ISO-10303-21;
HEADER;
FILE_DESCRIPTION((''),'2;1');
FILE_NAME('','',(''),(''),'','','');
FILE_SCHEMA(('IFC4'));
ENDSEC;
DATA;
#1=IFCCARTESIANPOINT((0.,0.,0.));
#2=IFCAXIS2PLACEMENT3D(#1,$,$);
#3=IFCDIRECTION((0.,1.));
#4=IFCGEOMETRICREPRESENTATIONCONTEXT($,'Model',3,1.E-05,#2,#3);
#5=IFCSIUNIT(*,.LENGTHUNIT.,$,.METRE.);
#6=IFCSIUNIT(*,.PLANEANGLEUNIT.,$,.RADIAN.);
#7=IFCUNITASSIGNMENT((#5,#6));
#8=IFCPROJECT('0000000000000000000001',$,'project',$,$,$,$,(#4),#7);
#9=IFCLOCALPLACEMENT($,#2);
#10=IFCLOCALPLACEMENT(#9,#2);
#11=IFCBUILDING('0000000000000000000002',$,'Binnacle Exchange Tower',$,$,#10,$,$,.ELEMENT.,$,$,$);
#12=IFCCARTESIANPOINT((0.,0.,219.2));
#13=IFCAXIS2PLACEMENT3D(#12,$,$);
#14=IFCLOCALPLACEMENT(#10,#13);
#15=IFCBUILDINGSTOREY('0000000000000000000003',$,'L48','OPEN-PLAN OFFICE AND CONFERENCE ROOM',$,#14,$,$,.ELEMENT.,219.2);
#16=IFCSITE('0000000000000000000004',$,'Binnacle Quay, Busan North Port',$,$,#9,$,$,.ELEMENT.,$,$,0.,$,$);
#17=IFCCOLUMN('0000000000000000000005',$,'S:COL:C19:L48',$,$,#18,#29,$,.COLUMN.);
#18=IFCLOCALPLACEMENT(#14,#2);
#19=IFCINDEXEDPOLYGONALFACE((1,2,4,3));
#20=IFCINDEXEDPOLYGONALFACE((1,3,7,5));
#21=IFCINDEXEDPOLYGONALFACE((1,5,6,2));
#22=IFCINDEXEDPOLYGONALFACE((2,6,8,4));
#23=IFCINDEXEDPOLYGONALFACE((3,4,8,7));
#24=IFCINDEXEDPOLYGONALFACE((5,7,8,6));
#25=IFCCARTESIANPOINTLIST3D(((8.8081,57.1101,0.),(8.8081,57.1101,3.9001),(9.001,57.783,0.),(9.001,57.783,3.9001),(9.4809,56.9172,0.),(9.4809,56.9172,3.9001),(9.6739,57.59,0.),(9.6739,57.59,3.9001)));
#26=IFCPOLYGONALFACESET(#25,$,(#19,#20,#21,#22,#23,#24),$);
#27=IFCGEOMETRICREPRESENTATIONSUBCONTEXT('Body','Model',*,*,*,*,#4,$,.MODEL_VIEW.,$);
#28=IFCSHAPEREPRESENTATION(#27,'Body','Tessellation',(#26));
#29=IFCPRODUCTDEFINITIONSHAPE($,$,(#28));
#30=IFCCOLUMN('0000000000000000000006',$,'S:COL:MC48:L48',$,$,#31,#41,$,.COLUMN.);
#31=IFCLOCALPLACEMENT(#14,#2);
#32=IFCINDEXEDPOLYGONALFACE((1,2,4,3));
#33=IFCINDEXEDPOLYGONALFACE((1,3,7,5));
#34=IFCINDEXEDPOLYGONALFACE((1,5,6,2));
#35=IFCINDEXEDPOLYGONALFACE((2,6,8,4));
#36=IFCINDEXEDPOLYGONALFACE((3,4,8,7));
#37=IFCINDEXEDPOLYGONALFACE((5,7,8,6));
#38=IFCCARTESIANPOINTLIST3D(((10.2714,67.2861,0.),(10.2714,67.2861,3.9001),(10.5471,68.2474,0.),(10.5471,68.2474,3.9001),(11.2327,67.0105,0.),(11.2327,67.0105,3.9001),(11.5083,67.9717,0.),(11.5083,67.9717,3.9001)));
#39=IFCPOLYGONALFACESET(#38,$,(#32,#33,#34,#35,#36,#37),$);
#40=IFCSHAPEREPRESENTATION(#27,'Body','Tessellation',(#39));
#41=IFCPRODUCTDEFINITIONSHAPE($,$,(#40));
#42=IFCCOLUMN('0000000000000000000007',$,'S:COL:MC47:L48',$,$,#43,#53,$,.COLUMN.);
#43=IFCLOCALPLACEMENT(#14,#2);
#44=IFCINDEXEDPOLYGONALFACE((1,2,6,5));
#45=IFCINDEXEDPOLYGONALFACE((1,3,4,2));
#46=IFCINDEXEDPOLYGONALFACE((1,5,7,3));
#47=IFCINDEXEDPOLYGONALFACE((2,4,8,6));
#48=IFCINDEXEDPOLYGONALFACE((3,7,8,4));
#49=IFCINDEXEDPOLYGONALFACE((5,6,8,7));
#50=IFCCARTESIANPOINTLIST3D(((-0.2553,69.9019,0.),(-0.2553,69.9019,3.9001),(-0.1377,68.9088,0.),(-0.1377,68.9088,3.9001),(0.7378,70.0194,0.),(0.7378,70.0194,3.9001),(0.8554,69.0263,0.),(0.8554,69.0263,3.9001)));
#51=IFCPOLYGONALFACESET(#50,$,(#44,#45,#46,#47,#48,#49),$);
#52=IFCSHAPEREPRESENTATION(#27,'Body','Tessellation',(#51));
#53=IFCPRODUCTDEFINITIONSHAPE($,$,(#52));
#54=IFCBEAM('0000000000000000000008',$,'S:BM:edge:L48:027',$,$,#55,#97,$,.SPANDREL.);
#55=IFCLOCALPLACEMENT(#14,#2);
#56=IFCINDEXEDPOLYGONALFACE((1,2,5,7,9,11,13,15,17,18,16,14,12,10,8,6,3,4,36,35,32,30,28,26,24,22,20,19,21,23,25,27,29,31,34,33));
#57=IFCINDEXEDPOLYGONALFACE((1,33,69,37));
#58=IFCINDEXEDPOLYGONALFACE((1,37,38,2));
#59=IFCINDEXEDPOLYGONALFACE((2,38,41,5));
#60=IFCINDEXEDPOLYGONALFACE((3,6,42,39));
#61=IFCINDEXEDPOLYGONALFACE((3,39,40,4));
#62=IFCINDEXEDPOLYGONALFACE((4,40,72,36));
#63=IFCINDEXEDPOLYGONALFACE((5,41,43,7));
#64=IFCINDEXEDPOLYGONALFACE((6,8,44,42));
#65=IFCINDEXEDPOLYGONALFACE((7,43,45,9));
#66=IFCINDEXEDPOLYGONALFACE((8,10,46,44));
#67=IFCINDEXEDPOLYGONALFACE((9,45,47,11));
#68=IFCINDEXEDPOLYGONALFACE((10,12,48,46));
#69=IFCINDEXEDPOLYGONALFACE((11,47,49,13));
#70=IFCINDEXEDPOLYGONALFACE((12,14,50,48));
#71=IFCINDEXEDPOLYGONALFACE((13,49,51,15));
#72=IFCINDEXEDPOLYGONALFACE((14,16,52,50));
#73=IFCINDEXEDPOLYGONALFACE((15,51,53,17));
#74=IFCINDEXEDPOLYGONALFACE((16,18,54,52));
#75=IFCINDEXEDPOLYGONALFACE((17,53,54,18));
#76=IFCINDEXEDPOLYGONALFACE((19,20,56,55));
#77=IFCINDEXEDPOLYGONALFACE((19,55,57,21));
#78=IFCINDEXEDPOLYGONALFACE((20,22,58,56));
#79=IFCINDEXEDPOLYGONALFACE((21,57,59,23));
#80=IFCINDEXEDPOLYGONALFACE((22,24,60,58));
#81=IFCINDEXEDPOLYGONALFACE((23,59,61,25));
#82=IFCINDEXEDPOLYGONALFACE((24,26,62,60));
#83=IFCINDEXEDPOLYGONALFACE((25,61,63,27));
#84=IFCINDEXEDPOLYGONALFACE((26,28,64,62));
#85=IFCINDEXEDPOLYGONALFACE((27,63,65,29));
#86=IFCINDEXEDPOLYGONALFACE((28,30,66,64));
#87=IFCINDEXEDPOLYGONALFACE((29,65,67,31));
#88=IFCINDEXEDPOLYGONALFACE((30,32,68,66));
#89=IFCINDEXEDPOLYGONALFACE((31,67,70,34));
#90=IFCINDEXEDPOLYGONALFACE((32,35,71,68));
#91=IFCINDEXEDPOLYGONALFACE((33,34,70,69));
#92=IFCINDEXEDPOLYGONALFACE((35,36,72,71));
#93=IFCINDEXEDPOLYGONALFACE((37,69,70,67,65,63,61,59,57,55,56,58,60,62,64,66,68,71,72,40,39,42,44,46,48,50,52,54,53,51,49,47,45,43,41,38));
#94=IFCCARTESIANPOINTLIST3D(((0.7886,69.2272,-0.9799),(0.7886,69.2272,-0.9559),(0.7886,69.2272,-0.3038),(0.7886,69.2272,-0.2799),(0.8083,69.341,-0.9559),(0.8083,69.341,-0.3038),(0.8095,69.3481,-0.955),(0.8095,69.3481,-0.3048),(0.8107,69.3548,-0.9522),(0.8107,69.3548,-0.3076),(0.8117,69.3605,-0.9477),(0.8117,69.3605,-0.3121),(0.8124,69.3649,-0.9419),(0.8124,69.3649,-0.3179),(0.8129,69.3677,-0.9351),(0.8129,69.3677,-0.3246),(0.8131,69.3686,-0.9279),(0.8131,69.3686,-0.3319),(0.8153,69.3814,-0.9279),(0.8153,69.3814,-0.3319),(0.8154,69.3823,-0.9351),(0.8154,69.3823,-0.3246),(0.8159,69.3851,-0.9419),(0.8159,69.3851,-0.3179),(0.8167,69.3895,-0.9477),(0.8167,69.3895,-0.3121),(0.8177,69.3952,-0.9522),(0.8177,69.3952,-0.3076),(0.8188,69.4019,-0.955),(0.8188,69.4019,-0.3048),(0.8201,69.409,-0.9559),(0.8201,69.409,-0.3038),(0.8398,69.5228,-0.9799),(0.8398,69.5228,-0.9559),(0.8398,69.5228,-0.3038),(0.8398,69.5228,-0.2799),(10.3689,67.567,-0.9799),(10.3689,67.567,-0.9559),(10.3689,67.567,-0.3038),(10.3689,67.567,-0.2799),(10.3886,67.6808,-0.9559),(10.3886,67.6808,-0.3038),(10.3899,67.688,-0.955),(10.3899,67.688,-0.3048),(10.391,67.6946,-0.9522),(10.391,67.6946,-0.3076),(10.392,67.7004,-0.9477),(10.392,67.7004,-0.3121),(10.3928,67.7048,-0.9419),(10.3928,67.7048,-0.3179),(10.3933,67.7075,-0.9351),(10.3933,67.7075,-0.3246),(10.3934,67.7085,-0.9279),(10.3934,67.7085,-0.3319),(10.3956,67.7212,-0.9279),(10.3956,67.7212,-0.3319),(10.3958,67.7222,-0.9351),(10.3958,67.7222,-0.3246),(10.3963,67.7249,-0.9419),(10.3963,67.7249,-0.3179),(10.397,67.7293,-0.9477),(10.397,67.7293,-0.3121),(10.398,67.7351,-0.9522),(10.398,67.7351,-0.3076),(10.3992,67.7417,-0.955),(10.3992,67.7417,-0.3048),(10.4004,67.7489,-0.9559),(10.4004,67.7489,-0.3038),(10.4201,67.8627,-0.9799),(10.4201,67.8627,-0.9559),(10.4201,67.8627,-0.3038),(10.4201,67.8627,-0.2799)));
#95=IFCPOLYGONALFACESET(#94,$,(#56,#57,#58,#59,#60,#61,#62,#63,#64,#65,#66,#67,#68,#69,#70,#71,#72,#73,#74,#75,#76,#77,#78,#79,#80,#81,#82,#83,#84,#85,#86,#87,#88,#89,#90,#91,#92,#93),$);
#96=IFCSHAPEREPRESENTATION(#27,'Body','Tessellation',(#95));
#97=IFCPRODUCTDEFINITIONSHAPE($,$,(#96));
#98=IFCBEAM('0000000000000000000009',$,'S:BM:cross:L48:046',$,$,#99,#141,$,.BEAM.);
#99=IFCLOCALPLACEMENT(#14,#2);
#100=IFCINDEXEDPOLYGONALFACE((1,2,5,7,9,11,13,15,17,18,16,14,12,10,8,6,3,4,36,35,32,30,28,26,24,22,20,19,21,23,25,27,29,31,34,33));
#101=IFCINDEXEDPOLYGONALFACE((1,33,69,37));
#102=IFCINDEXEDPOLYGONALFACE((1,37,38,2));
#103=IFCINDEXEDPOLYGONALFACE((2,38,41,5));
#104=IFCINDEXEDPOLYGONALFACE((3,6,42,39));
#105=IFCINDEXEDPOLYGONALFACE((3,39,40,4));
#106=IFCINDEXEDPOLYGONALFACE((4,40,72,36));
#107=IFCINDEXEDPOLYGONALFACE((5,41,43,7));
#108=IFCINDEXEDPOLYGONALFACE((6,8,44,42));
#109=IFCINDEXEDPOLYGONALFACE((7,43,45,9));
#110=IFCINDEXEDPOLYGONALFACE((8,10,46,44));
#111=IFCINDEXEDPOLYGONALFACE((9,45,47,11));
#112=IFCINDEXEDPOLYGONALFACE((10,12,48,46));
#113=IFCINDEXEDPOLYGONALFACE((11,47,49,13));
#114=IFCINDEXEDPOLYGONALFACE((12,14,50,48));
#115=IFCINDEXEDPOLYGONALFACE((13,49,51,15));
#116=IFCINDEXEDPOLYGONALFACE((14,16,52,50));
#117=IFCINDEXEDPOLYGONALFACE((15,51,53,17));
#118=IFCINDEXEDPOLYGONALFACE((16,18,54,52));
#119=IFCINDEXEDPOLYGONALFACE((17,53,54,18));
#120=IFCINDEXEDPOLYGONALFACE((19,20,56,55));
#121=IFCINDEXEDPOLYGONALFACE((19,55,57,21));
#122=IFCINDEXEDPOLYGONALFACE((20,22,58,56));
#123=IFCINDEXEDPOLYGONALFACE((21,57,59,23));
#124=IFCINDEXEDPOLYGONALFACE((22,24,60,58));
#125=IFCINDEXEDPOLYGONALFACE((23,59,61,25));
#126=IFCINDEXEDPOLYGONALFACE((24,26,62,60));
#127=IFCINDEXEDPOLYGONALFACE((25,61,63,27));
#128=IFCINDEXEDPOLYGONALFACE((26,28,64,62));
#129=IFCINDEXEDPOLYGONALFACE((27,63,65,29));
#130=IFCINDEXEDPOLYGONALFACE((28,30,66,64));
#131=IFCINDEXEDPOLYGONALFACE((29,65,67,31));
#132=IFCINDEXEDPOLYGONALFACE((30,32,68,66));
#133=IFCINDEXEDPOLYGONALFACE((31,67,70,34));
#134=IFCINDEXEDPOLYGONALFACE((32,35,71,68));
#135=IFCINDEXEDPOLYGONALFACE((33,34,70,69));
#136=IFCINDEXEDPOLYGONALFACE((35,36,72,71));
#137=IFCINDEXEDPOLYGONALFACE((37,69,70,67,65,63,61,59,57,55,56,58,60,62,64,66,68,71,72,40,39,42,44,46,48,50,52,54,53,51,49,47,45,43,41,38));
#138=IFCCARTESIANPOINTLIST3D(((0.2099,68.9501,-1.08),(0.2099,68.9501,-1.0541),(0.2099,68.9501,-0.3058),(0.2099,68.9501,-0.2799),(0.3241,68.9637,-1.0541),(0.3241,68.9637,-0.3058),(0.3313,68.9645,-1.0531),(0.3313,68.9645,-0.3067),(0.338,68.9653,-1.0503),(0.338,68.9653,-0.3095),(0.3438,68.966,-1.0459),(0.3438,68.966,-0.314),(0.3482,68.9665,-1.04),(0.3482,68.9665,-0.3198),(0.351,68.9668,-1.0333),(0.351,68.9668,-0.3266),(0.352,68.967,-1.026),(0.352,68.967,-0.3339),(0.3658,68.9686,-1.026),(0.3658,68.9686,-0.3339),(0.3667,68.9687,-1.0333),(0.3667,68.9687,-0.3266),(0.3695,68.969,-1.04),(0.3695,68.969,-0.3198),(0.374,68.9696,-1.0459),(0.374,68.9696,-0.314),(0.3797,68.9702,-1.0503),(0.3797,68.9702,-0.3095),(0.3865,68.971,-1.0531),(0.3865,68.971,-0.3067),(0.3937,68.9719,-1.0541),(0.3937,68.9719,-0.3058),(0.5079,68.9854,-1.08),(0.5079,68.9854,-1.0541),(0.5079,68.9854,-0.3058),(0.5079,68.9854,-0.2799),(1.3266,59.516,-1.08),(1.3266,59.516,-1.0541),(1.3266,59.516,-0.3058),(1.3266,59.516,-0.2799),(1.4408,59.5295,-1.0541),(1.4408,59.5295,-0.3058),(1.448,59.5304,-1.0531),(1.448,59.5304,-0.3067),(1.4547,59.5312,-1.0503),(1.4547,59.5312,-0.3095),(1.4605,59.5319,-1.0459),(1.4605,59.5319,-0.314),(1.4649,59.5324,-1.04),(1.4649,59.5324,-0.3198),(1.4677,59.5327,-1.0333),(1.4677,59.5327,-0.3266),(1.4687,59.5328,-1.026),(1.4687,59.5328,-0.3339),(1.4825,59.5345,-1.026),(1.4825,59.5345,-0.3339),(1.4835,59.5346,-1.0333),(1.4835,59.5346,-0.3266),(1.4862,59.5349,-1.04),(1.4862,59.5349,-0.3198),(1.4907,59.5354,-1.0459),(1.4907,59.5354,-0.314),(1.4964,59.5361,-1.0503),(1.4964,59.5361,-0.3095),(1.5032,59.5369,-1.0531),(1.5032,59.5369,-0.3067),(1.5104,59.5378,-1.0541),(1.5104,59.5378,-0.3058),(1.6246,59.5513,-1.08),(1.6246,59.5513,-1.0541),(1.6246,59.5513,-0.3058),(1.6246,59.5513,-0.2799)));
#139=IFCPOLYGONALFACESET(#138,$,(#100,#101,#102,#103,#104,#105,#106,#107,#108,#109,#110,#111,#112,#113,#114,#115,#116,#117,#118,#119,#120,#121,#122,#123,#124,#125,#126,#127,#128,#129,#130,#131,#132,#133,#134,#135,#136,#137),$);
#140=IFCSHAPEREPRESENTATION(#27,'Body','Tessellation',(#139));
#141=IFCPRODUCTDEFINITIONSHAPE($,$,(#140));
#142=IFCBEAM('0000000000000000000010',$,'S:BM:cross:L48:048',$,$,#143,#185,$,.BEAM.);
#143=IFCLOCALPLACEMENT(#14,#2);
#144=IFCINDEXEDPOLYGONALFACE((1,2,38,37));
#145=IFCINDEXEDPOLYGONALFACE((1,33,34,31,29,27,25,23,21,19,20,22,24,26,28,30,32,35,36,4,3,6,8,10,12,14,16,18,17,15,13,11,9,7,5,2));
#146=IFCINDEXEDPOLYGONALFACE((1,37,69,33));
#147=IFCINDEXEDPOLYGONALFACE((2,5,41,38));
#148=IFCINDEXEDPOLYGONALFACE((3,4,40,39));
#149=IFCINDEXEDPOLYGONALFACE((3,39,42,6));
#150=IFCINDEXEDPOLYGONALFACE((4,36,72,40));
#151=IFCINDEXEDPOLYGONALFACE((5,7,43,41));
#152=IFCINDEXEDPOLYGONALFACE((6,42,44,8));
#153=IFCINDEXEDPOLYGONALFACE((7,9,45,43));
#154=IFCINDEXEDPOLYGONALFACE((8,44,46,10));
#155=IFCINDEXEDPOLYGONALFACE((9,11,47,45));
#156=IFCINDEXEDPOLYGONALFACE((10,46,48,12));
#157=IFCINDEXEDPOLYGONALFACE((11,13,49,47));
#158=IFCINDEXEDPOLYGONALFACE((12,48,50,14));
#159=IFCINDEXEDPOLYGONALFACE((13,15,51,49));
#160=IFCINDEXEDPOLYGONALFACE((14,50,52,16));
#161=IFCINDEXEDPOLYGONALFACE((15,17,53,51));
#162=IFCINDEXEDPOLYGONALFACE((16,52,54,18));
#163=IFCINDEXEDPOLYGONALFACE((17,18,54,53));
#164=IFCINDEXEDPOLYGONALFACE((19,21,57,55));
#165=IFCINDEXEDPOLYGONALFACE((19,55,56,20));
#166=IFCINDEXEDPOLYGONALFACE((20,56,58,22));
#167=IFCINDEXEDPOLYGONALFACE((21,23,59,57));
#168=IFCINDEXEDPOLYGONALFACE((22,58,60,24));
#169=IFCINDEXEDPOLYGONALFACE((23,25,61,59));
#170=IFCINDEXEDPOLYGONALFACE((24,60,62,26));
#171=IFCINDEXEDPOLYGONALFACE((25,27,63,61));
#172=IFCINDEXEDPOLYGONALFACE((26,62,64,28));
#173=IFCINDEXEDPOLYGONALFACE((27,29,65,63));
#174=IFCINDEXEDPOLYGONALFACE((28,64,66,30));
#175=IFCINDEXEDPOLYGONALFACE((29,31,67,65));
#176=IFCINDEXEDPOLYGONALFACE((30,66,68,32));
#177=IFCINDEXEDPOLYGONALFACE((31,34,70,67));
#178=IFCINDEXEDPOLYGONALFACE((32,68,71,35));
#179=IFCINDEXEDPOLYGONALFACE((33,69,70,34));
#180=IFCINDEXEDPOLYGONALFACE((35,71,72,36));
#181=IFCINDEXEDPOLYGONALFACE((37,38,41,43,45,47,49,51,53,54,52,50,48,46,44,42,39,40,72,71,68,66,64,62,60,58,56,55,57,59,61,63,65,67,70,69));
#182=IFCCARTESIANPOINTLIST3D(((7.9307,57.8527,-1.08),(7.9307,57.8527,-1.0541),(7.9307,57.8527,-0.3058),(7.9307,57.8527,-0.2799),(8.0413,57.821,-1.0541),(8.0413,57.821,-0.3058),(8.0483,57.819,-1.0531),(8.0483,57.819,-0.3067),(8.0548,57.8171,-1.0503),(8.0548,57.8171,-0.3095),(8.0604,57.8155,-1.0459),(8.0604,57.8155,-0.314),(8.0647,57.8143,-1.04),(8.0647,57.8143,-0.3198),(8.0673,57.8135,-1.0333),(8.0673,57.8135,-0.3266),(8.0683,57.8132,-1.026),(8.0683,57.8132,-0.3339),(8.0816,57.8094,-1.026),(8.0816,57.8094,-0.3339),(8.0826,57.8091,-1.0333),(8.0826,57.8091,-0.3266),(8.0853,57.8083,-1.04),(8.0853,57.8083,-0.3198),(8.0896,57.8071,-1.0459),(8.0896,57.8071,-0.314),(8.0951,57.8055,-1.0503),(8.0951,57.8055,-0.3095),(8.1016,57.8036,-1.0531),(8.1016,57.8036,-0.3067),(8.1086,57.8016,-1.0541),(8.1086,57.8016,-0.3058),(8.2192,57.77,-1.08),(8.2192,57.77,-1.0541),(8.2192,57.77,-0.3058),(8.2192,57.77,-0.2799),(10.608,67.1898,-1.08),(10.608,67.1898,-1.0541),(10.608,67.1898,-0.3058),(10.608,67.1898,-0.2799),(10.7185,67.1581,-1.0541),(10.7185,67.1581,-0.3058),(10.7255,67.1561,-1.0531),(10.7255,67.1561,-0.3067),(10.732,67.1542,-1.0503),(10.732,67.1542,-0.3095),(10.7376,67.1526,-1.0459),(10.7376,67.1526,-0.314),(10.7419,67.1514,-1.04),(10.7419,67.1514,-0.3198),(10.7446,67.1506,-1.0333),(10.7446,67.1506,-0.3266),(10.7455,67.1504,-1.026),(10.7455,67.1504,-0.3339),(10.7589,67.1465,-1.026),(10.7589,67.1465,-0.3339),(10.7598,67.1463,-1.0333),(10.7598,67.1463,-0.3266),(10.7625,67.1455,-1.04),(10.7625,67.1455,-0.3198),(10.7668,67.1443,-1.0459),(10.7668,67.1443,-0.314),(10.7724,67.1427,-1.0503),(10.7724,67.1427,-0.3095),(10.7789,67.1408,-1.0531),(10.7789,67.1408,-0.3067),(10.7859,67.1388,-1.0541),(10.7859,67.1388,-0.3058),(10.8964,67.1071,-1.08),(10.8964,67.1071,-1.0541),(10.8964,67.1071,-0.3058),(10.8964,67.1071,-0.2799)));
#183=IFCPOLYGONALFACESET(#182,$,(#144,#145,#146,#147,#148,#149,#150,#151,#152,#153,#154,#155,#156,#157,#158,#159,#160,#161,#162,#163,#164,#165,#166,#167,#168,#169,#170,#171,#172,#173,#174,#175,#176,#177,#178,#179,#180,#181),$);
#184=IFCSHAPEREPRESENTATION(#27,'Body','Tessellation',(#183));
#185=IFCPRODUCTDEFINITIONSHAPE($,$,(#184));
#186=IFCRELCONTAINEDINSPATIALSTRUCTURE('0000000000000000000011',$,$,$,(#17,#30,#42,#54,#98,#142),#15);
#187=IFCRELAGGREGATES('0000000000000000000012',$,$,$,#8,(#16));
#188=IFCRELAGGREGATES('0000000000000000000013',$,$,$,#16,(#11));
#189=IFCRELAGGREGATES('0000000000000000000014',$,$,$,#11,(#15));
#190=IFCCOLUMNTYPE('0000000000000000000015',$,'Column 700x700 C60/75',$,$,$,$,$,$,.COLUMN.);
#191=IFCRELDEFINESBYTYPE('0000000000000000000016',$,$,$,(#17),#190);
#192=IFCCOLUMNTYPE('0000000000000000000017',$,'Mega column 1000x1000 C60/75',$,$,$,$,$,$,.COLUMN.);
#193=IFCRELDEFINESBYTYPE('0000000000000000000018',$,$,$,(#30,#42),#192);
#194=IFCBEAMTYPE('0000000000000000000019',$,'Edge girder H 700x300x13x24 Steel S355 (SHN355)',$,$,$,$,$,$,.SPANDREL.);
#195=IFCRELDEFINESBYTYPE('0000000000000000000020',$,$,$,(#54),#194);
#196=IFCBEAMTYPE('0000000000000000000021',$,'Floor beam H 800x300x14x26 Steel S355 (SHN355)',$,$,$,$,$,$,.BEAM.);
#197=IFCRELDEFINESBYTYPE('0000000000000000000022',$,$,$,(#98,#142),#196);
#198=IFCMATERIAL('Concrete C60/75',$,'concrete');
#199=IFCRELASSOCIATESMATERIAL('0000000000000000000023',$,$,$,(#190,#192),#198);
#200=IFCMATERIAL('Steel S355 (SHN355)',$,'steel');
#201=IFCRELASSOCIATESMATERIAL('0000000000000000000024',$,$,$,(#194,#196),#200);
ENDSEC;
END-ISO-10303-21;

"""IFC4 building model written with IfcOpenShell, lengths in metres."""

from ifc_helpers import new_model, si_unit, direction, frame, origin, origin_2d, place, context, subcontext, project, spatial, rectangle, i_section, extrude, material, material_profile, profile_set, type_object, element, save


model = new_model("IFC4")

# Units and contexts
model_context = context("Model", 3, precision=1e-05, world=origin(), true_north=direction((0.0, 1.0)))
body_context = subcontext(model_context, "Body", "Model", "MODEL_VIEW")
ifc_project = project(units=[si_unit("LENGTHUNIT", "METRE"), si_unit("PLANEANGLEUNIT", "RADIAN")], contexts=[model_context])

# Site, building, storey
site_placement = place(None, origin())
site = spatial("IfcSite", under=ifc_project, at=site_placement, Name="Binnacle Quay, Busan North Port", CompositionType="ELEMENT", RefElevation=0.0)
building_placement = place(site_placement, origin())
building = spatial("IfcBuilding", under=site, at=building_placement, Name="Binnacle Exchange Tower", CompositionType="ELEMENT")
storey_placement = place(building_placement, frame((0.0, 0.0, 219.2)))
storey = spatial("IfcBuildingStorey", under=building, at=storey_placement, Name="L48", Description="OPEN-PLAN OFFICE AND CONFERENCE ROOM", CompositionType="ELEMENT", Elevation=219.2)

# Columns
ifc_material_1 = material(Name="Concrete C60/75", Category="concrete")
ifc_material_profile_1 = material_profile(ifc_material_1, rectangle(XDim=0.7, YDim=0.7, at=origin_2d()), Name="Column 700x700 C60/75")
ifc_profile_set_1 = profile_set([ifc_material_profile_1], Name="Concrete C60/75")
column_type_1 = type_object("IfcColumnType", Name="Column 700x700 C60/75", PredefinedType="COLUMN", material=ifc_profile_set_1)
column_placement = place(storey_placement, frame((9.241, 57.3501, 0.0), z_axis=(0.0, 0.0, 1.0), x_axis=(0.961262, -0.275637, 0.0)))
element("IfcColumn", 1, at=column_placement, inside=storey, type_object=column_type_1, Name="S:COL:C19:L48", PredefinedType="COLUMN", context=body_context, shape_type="SweptSolid", body=[
    extrude(rectangle(XDim=0.7, YDim=0.7, at=origin_2d()), origin(), (0.0, 0.0, 1.0), 3.9001),
])
ifc_material_profile_2 = material_profile(ifc_material_1, rectangle(XDim=1.0, YDim=1.0, at=origin_2d()), Name="Mega column 1000x1000 C60/75")
ifc_profile_set_2 = profile_set([ifc_material_profile_2], Name="Concrete C60/75")
column_type_2 = type_object("IfcColumnType", Name="Mega column 1000x1000 C60/75", PredefinedType="COLUMN", material=ifc_profile_set_2)
for number, where, z_axis, x_axis, name in (
    (2, (10.8899, 67.6289, 0.0), (0.0, 0.0, 1.0), (-0.961262, 0.275637, 0.0), "S:COL:MC48:L48"),
    (3, (0.3, 69.4641, 0.0), (0.0, 0.0, 1.0), (-0.993068, -0.117537, 0.0), "S:COL:MC47:L48"),
):
    element("IfcColumn", number, at=place(storey_placement, frame(where, z_axis=z_axis, x_axis=x_axis)), inside=storey, type_object=column_type_2, Name=name, PredefinedType="COLUMN", context=body_context, shape_type="SweptSolid", body=[
        extrude(rectangle(XDim=1.0, YDim=1.0, at=origin_2d()), origin(), (0.0, 0.0, 1.0), 3.9001),
    ])

# Beams
ifc_material_2 = material(Name="Steel S355 (SHN355)", Category="steel")
ifc_material_profile_3 = material_profile(ifc_material_2, i_section(OverallWidth=0.3, OverallDepth=0.7, WebThickness=0.0129, FlangeThickness=0.0239, FilletRadius=0.0281, at=origin_2d()), Name="H 700x300x13x24")
ifc_profile_set_3 = profile_set([ifc_material_profile_3], Name="Steel S355 (SHN355)")
beam_type_1 = type_object("IfcBeamType", Name="Edge girder H 700x300x13x24 Steel S355 (SHN355)", PredefinedType="SPANDREL", material=ifc_profile_set_3)
beam_1_placement = place(storey_placement, frame((10.3945, 67.7148, -0.6299), z_axis=(-0.985316, 0.170743, 0.0), x_axis=(-0.170743, -0.985316, 0.0)))
element("IfcBeam", 4, at=beam_1_placement, inside=storey, type_object=beam_type_1, Name="S:BM:edge:L48:027", PredefinedType="SPANDREL", context=body_context, shape_type="SweptSolid", body=[
    extrude(i_section(OverallWidth=0.3, OverallDepth=0.7, WebThickness=0.0129, FlangeThickness=0.0239, FilletRadius=0.0281, at=origin_2d()), origin(), (0.0, 0.0, 1.0), 9.7231),
])
ifc_material_profile_4 = material_profile(ifc_material_2, i_section(OverallWidth=0.3, OverallDepth=0.8, WebThickness=0.0139, FlangeThickness=0.0259, FilletRadius=0.0281, at=origin_2d()), Name="H 800x300x14x26")
ifc_profile_set_4 = profile_set([ifc_material_profile_4], Name="Steel S355 (SHN355)")
beam_type_2 = type_object("IfcBeamType", Name="Floor beam H 800x300x14x26 Steel S355 (SHN355)", PredefinedType="BEAM", material=ifc_profile_set_4)
beam_2_placement = place(storey_placement, frame((0.3589, 68.9678, -0.6799), z_axis=(0.117548, -0.993067, 0.0), x_axis=(0.993067, 0.117548, 0.0)))
element("IfcBeam", 5, at=beam_2_placement, inside=storey, type_object=beam_type_2, Name="S:BM:cross:L48:046", PredefinedType="BEAM", context=body_context, shape_type="SweptSolid", body=[
    extrude(i_section(OverallWidth=0.3, OverallDepth=0.8, WebThickness=0.0139, FlangeThickness=0.0259, FilletRadius=0.0281, at=origin_2d()), origin(), (0.0, 0.0, 1.0), 9.5),
])
beam_3_placement = place(storey_placement, frame((10.7522, 67.1484, -0.6799), z_axis=(-0.275624, -0.961266, 0.0), x_axis=(0.961266, -0.275624, 0.0)))
element("IfcBeam", 6, at=beam_3_placement, inside=storey, type_object=beam_type_2, Name="S:BM:cross:L48:048", PredefinedType="BEAM", context=body_context, shape_type="SweptSolid", body=[
    extrude(i_section(OverallWidth=0.3, OverallDepth=0.8, WebThickness=0.0139, FlangeThickness=0.0259, FilletRadius=0.0281, at=origin_2d()), origin(), (0.0, 0.0, 1.0), 9.7134),
])

save(model, "model.ifc")
